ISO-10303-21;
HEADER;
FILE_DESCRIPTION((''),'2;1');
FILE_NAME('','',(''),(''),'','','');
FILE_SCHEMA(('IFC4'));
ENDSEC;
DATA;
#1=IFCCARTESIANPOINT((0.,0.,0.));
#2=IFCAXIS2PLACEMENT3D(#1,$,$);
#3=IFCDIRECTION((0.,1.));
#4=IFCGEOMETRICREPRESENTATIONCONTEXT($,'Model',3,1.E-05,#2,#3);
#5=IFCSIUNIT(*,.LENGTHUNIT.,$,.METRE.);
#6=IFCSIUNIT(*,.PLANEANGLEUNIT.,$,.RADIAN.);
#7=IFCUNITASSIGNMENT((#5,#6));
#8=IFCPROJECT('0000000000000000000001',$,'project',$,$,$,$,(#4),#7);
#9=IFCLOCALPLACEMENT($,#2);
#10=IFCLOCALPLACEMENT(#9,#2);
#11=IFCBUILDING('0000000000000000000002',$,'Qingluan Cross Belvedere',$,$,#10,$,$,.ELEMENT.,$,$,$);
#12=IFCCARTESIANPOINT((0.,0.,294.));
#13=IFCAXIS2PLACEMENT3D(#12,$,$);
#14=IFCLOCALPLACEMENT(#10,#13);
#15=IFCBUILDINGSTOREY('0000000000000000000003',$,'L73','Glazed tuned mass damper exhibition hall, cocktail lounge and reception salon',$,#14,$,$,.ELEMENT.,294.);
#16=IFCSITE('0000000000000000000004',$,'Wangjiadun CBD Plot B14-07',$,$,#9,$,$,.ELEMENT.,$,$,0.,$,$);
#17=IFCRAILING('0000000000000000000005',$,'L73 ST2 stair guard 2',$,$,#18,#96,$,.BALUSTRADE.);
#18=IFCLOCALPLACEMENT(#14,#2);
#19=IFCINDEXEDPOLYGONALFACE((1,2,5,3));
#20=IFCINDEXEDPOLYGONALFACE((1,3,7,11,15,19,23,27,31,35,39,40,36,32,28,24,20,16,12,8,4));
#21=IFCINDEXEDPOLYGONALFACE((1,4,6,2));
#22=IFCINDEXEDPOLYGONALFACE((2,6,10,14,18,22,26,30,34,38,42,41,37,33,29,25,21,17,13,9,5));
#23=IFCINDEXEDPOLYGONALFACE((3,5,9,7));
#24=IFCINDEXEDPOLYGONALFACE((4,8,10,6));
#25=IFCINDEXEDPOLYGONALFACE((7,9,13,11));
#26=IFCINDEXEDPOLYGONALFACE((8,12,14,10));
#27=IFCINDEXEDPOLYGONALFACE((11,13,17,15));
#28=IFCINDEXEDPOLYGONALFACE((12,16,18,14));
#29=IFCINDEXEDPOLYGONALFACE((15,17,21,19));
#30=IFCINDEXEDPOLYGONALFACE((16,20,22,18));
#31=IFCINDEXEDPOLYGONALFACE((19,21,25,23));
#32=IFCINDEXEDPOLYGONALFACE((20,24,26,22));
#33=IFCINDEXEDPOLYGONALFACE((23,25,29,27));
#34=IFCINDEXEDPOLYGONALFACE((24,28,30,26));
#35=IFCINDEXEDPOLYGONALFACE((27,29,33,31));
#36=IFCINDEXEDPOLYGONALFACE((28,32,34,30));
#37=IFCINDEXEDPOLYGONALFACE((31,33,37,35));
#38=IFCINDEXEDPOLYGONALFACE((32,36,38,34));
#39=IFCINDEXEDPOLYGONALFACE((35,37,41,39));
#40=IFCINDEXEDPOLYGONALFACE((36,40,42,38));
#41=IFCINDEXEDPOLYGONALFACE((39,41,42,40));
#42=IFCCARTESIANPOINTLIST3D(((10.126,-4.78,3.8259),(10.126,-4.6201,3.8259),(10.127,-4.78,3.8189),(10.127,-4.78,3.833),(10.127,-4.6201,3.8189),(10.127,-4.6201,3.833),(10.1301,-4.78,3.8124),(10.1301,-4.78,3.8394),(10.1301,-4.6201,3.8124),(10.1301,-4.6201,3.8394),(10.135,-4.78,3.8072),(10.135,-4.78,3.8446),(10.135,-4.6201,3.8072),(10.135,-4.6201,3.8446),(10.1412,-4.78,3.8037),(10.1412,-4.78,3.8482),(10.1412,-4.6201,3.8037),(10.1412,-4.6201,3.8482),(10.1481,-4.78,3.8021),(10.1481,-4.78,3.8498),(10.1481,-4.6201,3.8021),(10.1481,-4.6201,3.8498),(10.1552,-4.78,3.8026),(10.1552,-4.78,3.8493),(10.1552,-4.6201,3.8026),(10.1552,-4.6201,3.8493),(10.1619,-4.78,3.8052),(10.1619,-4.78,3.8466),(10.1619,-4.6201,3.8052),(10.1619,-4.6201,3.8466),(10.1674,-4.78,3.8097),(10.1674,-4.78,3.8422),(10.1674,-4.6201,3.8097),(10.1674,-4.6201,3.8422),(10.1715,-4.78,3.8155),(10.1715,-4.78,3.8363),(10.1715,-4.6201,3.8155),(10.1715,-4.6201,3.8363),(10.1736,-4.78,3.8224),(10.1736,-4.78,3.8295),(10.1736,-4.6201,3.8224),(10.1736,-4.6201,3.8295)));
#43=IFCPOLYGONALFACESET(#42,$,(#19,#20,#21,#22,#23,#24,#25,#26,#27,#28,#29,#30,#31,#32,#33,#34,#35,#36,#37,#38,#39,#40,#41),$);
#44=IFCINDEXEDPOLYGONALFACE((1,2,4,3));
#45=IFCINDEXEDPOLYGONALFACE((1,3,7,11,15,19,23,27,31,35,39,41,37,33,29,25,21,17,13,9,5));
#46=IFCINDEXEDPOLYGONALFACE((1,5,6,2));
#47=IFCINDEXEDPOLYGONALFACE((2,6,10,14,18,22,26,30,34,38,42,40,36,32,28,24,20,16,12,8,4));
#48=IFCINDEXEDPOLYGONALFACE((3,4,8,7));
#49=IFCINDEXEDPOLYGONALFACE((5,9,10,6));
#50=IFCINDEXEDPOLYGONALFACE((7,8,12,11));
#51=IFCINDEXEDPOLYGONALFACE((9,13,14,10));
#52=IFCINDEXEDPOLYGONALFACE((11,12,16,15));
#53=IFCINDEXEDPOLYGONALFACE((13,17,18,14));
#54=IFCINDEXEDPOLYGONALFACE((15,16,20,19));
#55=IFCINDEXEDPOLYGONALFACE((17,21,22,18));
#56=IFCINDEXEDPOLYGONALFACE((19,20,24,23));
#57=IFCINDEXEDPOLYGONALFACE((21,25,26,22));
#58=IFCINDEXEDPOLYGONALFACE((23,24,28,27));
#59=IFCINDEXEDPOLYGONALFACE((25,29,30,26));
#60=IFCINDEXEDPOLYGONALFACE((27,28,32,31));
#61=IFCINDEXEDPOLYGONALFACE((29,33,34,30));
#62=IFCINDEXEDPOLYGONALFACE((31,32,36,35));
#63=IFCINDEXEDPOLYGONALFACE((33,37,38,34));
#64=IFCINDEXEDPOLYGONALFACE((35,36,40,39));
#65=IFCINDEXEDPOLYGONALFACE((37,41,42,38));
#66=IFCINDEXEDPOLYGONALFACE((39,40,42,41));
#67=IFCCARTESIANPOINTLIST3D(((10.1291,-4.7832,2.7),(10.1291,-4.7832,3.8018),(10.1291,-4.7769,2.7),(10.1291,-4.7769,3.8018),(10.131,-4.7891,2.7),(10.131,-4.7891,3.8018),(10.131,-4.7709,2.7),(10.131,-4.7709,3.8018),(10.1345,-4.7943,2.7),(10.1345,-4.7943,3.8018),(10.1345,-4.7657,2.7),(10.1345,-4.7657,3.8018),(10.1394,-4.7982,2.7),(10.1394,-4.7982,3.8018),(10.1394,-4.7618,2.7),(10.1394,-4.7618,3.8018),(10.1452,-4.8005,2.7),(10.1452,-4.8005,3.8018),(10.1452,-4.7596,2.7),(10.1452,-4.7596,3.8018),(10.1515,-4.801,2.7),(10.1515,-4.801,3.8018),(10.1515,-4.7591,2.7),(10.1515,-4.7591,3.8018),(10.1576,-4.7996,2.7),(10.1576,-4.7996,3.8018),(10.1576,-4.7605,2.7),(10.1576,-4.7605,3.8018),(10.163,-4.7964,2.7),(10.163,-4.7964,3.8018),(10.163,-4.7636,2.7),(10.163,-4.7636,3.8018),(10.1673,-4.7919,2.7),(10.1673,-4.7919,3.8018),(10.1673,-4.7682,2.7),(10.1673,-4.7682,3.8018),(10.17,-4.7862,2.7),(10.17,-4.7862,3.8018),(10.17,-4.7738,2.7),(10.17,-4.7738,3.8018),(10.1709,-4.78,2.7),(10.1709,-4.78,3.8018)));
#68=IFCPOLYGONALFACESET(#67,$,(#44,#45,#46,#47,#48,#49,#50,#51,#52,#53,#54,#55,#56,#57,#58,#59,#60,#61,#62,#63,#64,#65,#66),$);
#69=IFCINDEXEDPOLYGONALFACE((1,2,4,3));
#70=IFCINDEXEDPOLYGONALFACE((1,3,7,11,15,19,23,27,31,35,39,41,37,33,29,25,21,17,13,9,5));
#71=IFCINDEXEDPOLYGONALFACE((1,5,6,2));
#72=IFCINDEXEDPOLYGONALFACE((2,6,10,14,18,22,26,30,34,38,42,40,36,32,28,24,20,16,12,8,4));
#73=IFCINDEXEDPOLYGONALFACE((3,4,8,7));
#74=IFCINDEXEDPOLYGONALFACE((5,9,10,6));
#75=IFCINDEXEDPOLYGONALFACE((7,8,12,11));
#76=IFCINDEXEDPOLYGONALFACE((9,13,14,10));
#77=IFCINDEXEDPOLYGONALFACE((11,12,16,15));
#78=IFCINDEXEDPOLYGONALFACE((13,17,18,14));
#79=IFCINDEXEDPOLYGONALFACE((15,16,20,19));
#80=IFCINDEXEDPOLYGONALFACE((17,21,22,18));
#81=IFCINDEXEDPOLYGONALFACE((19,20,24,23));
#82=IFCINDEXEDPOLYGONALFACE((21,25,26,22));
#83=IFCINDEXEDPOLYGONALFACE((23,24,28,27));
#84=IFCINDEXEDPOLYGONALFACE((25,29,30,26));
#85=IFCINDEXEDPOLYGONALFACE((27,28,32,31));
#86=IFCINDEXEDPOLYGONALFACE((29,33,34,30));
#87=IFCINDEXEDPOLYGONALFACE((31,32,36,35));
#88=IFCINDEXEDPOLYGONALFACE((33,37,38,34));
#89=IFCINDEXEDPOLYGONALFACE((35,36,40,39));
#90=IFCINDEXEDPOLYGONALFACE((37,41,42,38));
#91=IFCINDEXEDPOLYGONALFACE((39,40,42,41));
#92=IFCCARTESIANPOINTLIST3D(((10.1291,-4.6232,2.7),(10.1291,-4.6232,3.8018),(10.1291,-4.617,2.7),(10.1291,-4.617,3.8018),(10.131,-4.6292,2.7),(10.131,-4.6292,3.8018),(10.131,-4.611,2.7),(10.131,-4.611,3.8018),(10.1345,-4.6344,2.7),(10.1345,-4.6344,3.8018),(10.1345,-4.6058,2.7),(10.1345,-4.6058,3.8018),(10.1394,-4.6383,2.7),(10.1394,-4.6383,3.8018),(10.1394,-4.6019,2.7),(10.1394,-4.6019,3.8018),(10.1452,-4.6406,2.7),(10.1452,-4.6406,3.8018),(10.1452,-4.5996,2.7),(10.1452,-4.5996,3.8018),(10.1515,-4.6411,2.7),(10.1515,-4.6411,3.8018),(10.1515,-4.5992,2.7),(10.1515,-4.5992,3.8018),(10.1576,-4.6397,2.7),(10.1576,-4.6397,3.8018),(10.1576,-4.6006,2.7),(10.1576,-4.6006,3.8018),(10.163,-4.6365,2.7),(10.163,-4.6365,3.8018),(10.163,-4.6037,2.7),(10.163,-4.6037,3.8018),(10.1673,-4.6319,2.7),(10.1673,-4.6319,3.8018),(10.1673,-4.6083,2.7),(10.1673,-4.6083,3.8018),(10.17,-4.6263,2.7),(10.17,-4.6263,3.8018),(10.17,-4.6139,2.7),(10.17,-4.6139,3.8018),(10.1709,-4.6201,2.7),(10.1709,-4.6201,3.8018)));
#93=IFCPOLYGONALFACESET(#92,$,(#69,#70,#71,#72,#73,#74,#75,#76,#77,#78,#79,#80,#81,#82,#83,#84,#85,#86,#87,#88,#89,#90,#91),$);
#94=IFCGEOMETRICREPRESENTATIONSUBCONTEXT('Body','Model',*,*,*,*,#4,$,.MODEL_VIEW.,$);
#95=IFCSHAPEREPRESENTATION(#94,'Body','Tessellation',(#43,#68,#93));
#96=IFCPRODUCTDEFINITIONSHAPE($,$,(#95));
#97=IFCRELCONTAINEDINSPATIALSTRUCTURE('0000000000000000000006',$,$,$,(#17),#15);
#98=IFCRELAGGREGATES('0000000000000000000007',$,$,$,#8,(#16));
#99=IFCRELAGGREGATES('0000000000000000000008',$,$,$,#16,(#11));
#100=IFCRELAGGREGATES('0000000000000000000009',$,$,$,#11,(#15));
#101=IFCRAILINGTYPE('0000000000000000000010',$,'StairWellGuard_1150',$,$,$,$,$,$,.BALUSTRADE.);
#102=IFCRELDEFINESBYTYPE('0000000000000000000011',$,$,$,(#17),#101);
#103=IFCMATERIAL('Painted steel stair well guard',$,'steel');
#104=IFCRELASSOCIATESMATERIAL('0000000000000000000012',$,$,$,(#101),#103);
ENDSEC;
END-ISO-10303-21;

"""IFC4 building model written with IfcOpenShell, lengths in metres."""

from ifc_helpers import new_model, si_unit, direction, frame, origin, origin_2d, place, context, subcontext, project, spatial, circle, extrude, material, type_object, element, save


model = new_model("IFC4")

# Units and contexts
model_context = context("Model", 3, precision=1e-05, world=origin(), true_north=direction((0.0, 1.0)))
body_context = subcontext(model_context, "Body", "Model", "MODEL_VIEW")
ifc_project = project(units=[si_unit("LENGTHUNIT", "METRE"), si_unit("PLANEANGLEUNIT", "RADIAN")], contexts=[model_context])

# Site, building, storey
site_placement = place(None, origin())
site = spatial("IfcSite", under=ifc_project, at=site_placement, Name="Wangjiadun CBD Plot B14-07", CompositionType="ELEMENT", RefElevation=0.0)
building_placement = place(site_placement, origin())
building = spatial("IfcBuilding", under=site, at=building_placement, Name="Qingluan Cross Belvedere", CompositionType="ELEMENT")
storey_placement = place(building_placement, frame((0.0, 0.0, 294.0)))
storey = spatial("IfcBuildingStorey", under=building, at=storey_placement, Name="L73", Description="Glazed tuned mass damper exhibition hall, cocktail lounge and reception salon", CompositionType="ELEMENT", Elevation=294.0)

# Railing
ifc_material_1 = material(Name="Painted steel stair well guard", Category="steel")
railing_type_1 = type_object("IfcRailingType", Name="StairWellGuard_1150", PredefinedType="BALUSTRADE", material=ifc_material_1)
railing_1_placement = place(storey_placement, frame((10.1499, -4.78, 2.7)))
element("IfcRailing", 1, at=railing_1_placement, inside=storey, type_object=railing_type_1, Name="L73 ST2 stair guard 2", PredefinedType="BALUSTRADE", context=body_context, shape_type="SweptSolid", body=[
    extrude(circle(Radius=0.0239, at=origin_2d()), frame((0.0, 0.0, 1.126), z_axis=(0.0, 1.0, 0.0), x_axis=(-1.0, 0.0, 0.0)), (0.0, 0.0, 1.0), 0.1599),
    extrude(circle(Radius=0.021, at=origin_2d()), origin(), (0.0, 0.0, 1.0), 1.1018),
    extrude(circle(Radius=0.021, at=origin_2d()), frame((0.0, 0.1599, 0.0)), (0.0, 0.0, 1.0), 1.1018),
])

save(model, "model.ifc")
